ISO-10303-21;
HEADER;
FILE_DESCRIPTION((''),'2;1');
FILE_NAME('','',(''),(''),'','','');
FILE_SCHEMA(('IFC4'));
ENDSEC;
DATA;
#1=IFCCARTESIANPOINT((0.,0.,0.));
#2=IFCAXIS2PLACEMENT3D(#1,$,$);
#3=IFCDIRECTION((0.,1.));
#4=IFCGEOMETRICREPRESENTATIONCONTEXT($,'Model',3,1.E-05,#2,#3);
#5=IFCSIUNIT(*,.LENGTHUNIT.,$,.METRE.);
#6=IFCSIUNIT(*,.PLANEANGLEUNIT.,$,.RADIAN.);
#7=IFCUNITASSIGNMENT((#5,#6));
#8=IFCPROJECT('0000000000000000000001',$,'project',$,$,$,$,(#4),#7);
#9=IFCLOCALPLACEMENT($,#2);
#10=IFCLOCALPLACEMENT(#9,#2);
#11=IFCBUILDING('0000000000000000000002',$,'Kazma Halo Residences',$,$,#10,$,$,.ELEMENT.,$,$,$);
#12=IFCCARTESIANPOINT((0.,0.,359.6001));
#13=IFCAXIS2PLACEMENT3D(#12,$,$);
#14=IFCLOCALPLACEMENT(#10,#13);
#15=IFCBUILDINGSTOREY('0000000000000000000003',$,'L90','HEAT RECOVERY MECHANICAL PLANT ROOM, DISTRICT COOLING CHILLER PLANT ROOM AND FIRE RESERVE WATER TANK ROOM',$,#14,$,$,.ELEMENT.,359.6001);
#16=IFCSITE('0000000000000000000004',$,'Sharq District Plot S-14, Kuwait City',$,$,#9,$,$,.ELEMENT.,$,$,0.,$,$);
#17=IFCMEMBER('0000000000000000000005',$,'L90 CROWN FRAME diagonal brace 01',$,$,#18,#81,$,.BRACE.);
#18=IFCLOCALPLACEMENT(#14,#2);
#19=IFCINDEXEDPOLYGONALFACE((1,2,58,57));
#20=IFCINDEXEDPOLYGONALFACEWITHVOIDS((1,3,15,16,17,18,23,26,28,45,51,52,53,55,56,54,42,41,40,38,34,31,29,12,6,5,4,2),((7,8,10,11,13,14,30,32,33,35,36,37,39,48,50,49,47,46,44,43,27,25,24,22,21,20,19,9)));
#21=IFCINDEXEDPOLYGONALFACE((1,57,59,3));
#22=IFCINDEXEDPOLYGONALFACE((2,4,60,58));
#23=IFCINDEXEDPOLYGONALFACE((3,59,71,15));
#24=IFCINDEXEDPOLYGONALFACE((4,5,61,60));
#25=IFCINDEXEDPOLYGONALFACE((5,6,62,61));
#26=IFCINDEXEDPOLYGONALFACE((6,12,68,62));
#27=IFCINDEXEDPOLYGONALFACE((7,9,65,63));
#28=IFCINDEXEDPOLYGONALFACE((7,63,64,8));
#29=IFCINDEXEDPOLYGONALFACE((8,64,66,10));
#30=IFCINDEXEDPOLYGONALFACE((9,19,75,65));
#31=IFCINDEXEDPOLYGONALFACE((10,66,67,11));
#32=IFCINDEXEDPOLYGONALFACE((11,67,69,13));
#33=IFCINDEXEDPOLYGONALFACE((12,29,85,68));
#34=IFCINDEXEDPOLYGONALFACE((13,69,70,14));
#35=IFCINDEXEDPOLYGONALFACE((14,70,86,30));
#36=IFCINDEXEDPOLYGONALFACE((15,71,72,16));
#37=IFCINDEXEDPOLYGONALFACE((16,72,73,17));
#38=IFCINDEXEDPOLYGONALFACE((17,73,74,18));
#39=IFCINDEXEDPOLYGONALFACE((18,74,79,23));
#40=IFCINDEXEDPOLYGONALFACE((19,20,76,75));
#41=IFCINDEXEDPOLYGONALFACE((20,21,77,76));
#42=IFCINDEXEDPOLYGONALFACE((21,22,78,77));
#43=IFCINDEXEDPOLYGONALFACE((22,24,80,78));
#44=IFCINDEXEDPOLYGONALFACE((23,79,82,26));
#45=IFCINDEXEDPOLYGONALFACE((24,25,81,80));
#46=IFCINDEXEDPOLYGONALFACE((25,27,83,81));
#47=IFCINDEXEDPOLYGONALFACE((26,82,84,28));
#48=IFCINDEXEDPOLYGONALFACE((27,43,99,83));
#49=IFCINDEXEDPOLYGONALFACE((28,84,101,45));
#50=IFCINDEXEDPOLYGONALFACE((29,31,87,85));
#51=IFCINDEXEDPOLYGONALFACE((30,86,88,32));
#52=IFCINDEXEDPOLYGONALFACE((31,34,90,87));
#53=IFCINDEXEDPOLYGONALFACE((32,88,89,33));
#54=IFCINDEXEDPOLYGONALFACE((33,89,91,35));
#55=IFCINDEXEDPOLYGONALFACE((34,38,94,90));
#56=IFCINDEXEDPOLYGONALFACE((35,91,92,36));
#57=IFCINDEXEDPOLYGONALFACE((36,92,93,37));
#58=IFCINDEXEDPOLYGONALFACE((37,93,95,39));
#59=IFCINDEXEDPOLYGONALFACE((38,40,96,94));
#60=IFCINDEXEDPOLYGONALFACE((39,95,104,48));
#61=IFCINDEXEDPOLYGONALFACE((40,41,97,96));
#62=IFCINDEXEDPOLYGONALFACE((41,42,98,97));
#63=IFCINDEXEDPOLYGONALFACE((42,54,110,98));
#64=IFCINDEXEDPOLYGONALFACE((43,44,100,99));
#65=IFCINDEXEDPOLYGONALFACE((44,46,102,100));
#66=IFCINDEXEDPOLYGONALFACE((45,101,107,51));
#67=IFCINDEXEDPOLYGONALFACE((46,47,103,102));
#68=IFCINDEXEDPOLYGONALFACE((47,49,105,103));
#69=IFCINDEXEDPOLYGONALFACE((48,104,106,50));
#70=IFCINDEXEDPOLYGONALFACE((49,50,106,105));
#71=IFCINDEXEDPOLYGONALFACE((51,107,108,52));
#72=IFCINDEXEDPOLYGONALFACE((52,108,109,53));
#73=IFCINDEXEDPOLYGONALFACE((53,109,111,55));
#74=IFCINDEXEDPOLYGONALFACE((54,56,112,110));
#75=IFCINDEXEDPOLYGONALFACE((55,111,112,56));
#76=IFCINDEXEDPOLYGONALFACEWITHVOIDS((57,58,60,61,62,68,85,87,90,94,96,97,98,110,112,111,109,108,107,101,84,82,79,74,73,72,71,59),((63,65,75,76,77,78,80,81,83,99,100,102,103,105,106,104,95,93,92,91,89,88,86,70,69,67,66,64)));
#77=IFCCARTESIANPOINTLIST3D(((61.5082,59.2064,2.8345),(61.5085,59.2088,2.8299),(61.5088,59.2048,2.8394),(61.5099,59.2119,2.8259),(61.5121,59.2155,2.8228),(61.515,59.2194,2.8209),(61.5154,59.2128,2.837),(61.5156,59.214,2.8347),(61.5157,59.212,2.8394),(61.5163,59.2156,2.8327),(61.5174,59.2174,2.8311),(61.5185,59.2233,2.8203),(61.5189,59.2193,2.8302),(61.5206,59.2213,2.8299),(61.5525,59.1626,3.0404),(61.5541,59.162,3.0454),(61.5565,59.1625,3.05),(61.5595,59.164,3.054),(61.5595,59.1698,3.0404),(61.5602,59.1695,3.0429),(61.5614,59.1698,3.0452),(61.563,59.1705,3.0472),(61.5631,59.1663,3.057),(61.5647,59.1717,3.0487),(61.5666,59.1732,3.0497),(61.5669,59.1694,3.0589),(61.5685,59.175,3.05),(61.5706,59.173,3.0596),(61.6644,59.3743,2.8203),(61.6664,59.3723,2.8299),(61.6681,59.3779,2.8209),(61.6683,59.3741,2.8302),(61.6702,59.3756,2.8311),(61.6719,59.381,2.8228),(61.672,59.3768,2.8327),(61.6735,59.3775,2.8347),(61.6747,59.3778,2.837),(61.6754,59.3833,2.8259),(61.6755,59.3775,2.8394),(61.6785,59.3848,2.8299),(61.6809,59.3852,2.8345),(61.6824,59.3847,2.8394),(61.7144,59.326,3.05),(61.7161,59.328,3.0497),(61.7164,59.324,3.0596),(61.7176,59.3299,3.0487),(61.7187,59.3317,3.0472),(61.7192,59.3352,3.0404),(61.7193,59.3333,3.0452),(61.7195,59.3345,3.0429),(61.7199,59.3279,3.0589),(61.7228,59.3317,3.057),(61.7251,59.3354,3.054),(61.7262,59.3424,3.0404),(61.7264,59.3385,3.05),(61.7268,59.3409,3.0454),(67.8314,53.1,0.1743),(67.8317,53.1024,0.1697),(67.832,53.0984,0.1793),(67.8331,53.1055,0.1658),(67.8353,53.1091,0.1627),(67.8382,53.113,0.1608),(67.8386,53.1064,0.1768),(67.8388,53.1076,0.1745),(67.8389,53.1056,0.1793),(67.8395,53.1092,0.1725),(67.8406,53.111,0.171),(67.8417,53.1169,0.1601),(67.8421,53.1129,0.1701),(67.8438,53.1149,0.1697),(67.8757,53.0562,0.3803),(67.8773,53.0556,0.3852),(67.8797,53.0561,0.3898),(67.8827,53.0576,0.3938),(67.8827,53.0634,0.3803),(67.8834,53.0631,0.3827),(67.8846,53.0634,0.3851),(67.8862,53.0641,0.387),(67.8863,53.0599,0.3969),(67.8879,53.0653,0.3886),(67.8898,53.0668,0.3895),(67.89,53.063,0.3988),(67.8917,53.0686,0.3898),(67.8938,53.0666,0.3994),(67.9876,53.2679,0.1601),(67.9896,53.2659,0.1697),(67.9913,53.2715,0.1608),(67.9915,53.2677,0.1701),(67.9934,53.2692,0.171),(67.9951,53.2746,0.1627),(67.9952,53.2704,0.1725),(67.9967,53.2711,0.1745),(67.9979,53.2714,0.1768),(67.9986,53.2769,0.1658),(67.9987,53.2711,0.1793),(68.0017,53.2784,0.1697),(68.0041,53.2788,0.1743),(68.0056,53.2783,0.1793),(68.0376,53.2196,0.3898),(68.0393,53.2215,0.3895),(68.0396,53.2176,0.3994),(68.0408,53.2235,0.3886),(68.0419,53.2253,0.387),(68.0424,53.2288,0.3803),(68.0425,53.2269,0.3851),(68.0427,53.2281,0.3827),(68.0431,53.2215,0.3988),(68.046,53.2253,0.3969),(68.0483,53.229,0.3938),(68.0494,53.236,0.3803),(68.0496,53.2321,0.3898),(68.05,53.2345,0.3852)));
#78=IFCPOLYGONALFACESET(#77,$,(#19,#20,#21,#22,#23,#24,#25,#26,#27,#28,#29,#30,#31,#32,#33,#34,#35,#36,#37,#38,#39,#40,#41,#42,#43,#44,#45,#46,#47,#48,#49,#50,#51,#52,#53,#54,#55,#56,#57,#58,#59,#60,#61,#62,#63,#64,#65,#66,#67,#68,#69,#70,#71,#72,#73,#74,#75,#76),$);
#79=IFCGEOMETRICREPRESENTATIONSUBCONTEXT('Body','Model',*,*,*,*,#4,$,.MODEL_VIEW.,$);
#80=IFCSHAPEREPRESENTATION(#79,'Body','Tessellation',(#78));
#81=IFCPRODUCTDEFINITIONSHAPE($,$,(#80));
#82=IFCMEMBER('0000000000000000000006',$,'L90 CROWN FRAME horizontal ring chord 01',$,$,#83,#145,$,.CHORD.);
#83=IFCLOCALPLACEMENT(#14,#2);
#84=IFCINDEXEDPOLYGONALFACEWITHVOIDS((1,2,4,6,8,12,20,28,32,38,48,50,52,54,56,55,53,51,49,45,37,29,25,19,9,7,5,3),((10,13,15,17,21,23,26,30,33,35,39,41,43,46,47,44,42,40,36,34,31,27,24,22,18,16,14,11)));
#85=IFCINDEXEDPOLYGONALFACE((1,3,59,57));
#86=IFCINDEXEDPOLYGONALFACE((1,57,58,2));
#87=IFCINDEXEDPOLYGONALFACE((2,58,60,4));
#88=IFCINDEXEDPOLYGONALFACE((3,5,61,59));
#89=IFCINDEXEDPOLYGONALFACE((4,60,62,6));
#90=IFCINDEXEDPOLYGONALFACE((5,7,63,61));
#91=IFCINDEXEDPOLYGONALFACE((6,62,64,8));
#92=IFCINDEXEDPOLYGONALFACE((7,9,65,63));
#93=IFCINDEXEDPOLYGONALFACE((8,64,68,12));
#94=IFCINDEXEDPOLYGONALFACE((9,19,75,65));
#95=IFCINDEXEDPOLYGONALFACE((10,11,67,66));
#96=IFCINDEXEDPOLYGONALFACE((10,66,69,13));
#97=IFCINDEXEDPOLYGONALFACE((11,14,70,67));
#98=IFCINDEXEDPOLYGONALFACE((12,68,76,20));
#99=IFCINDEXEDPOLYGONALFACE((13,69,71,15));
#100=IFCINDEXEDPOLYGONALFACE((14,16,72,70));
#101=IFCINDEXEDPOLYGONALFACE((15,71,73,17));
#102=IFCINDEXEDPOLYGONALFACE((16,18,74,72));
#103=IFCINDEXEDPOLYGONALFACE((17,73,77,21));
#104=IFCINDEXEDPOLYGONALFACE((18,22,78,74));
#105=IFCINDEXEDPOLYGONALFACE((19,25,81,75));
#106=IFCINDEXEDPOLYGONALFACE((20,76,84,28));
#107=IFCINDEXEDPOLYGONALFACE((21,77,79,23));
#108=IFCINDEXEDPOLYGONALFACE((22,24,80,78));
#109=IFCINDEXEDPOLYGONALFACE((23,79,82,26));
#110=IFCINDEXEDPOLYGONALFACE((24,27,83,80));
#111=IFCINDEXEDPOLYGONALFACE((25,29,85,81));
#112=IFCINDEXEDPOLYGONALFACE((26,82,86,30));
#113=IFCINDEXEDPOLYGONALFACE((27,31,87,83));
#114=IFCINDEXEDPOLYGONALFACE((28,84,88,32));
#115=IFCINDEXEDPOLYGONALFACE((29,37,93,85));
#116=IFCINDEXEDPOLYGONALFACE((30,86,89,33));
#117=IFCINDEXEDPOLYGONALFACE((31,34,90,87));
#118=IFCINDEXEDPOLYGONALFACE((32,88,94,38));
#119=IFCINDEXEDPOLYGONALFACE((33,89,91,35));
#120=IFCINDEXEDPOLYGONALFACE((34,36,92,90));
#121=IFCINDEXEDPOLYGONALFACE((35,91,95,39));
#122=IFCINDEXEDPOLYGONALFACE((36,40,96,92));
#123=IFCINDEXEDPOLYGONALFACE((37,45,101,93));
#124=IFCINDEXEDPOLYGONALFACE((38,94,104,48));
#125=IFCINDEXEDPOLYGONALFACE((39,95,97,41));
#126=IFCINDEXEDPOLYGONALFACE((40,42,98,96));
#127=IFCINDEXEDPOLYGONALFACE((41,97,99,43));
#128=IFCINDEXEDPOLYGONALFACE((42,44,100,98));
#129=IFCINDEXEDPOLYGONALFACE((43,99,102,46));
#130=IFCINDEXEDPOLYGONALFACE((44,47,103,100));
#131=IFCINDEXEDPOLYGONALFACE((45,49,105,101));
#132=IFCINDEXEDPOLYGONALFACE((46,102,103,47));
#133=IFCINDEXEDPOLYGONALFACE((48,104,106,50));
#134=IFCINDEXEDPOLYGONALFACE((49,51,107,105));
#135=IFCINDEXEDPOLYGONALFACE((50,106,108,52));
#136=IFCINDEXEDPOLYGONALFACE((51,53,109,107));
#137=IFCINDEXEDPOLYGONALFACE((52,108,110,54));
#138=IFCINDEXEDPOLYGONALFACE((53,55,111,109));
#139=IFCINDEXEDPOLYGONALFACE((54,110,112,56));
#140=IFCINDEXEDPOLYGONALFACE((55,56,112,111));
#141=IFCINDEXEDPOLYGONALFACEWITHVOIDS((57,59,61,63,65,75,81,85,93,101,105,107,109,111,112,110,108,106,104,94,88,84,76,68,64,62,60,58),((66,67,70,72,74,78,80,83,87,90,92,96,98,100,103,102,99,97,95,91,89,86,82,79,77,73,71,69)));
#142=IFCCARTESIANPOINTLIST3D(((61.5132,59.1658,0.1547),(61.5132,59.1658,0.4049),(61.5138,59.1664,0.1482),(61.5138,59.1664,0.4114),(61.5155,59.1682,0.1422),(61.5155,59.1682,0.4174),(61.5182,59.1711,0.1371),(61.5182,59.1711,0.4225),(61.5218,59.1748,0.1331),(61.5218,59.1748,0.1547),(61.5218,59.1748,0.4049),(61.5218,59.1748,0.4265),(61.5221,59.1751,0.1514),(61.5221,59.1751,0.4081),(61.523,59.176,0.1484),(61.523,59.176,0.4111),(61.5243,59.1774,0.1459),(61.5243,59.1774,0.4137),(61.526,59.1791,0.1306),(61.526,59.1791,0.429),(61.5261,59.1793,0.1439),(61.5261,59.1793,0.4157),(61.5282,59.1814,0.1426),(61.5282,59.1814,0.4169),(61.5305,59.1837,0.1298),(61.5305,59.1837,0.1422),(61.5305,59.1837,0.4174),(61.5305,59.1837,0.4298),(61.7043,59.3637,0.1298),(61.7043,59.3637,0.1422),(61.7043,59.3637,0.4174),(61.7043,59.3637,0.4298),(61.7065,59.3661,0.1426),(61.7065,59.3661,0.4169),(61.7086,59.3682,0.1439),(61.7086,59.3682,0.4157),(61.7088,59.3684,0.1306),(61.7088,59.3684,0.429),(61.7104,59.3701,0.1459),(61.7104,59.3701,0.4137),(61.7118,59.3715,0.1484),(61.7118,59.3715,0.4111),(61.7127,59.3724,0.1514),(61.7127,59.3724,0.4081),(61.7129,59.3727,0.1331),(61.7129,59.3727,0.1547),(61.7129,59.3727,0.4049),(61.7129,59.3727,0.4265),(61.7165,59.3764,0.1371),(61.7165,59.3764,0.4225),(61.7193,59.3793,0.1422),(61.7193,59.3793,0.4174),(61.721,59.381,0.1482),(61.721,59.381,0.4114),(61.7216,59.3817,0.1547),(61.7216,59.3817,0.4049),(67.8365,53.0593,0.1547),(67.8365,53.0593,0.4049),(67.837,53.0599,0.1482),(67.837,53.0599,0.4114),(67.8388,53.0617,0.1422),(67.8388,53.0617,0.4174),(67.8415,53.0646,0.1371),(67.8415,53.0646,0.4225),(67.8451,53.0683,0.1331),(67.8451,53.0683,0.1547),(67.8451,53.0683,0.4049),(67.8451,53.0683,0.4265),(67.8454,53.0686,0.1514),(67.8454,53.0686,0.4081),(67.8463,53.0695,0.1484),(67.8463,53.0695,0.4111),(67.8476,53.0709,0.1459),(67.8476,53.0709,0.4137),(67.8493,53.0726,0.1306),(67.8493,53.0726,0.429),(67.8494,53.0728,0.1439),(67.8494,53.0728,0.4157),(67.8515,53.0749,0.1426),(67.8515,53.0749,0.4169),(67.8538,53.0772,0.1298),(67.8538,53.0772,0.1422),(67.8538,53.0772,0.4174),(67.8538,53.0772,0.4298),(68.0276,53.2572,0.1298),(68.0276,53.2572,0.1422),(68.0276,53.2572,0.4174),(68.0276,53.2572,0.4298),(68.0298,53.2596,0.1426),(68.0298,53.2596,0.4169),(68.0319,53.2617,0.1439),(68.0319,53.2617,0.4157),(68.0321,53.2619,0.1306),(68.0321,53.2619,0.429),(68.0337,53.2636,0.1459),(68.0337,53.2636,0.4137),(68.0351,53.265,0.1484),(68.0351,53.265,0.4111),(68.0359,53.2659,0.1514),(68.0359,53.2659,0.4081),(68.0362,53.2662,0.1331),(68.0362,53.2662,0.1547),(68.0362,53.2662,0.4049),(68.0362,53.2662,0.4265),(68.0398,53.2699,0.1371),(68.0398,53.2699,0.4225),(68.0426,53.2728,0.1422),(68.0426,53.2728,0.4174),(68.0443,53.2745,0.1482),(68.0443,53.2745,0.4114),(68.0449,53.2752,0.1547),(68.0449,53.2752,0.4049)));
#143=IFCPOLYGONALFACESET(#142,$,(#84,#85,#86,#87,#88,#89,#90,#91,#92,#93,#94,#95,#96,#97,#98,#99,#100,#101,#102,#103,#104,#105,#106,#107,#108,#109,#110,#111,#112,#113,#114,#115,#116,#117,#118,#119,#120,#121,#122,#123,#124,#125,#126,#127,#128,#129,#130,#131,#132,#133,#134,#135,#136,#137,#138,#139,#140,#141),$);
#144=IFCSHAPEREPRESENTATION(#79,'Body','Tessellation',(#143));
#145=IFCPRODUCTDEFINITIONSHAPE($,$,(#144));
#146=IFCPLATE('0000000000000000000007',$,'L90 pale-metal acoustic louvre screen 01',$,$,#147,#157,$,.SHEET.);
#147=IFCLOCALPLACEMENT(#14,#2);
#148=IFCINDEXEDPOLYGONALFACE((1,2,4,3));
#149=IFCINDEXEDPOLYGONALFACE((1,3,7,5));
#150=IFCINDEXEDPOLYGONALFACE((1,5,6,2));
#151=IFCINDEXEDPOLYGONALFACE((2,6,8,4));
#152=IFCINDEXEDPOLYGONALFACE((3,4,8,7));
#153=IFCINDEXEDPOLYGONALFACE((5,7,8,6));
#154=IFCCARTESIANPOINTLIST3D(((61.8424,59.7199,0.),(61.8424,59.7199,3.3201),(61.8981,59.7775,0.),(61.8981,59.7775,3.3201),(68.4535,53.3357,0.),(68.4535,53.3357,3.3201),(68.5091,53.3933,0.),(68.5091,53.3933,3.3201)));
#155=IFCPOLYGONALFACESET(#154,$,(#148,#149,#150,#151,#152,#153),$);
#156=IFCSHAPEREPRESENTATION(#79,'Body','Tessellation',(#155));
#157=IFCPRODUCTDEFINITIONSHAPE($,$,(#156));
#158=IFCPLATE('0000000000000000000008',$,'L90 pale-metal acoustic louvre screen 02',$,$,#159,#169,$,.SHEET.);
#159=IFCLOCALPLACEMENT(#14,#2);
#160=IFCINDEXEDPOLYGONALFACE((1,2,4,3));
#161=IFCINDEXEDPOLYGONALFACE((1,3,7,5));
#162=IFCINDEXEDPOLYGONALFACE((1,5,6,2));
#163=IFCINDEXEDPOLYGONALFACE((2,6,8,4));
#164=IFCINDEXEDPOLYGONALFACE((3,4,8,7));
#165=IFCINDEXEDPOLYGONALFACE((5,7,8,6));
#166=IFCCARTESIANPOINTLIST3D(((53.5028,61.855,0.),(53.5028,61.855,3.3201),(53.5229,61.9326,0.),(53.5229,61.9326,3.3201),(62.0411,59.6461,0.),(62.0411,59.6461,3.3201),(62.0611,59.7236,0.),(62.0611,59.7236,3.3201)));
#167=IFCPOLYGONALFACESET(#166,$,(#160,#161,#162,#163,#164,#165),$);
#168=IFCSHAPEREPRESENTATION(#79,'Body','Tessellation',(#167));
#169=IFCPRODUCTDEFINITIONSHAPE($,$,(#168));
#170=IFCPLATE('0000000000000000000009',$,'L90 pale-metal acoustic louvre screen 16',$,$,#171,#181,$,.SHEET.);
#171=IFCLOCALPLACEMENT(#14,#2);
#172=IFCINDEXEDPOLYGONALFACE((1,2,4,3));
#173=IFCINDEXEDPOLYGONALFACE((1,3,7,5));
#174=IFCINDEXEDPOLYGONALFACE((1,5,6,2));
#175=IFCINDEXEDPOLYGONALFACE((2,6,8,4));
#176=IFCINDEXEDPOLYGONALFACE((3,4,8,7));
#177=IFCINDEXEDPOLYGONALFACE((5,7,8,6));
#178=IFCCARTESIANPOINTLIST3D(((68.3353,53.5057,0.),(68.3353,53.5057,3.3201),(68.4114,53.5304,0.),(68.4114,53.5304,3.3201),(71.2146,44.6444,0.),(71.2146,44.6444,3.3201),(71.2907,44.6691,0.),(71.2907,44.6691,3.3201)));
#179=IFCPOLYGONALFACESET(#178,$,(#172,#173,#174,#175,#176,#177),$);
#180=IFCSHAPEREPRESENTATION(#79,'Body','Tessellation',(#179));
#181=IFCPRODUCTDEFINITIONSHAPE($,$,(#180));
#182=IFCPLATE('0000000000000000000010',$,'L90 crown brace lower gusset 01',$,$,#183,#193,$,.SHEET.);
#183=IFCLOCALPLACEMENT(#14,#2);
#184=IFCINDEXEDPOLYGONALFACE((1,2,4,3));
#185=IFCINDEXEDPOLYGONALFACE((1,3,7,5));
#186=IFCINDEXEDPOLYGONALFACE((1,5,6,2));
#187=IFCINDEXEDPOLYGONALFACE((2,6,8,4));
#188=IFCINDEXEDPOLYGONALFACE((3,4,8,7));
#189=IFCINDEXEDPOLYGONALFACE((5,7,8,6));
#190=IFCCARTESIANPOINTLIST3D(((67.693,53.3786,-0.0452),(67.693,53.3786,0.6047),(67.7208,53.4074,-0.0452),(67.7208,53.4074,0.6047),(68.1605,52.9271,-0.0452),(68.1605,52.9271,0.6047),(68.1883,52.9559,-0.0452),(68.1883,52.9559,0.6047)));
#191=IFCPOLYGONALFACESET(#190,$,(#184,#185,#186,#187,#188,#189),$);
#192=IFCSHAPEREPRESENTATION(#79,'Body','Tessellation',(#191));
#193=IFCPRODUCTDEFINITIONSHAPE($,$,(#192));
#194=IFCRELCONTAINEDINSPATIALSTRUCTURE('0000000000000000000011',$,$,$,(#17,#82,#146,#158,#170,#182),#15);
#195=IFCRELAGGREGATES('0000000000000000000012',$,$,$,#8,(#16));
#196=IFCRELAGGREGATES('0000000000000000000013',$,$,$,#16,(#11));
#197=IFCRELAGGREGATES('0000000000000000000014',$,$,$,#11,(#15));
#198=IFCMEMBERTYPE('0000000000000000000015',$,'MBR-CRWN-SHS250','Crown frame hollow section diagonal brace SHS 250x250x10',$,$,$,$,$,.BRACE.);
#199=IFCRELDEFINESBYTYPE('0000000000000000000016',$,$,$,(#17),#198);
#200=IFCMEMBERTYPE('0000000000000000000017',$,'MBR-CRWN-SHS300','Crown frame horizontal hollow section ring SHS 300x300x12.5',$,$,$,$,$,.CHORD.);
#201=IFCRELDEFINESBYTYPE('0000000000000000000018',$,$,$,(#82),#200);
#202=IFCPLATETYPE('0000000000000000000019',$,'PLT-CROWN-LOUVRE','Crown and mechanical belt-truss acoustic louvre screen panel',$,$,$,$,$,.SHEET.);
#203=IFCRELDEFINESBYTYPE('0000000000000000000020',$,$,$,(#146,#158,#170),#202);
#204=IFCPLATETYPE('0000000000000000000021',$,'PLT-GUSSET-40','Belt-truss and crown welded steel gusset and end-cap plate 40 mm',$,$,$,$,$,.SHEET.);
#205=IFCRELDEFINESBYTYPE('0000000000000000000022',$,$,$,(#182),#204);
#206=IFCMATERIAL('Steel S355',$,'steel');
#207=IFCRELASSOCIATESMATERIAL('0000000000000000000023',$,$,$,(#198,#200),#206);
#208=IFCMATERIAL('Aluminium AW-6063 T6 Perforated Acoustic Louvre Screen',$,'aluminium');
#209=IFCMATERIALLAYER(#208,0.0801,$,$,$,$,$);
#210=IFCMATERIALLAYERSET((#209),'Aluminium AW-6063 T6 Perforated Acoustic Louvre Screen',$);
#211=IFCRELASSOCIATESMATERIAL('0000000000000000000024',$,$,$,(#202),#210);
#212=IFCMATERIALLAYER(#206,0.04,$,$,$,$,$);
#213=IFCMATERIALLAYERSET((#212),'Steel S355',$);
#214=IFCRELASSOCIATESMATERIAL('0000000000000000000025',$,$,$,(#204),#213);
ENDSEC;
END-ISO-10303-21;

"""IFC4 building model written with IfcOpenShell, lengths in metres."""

from ifc_helpers import new_model, si_unit, direction, frame, origin, origin_2d, place, context, subcontext, project, spatial, rectangle, hollow_rectangle, extrude, material, layer, layer_set, material_profile, profile_set, type_object, element, save


model = new_model("IFC4")

# Units and contexts
model_context = context("Model", 3, precision=1e-05, world=origin(), true_north=direction((0.0, 1.0)))
body_context = subcontext(model_context, "Body", "Model", "MODEL_VIEW")
ifc_project = project(units=[si_unit("LENGTHUNIT", "METRE"), si_unit("PLANEANGLEUNIT", "RADIAN")], contexts=[model_context])

# Site, building, storey
site_placement = place(None, origin())
site = spatial("IfcSite", under=ifc_project, at=site_placement, Name="Sharq District Plot S-14, Kuwait City", CompositionType="ELEMENT", RefElevation=0.0)
building_placement = place(site_placement, origin())
building = spatial("IfcBuilding", under=site, at=building_placement, Name="Kazma Halo Residences", CompositionType="ELEMENT")
storey_placement = place(building_placement, frame((0.0, 0.0, 359.6001)))
storey = spatial("IfcBuildingStorey", under=building, at=storey_placement, Name="L90", Description="HEAT RECOVERY MECHANICAL PLANT ROOM, DISTRICT COOLING CHILLER PLANT ROOM AND FIRE RESERVE WATER TANK ROOM", CompositionType="ELEMENT", Elevation=359.6001)

# Shared definitions
ifc_material_1 = material(Name="Steel S355", Category="steel")

# Members
ifc_material_profile_1 = material_profile(ifc_material_1, hollow_rectangle(XDim=0.25, YDim=0.25, WallThickness=0.01, InnerFilletRadius=0.01, OuterFilletRadius=0.02, at=origin_2d()), Name="SHS250x250x10")
ifc_profile_set_1 = profile_set([ifc_material_profile_1], Name="Steel S355")
member_type_1 = type_object("IfcMemberType", Name="MBR-CRWN-SHS250", Description="Crown frame hollow section diagonal brace SHS 250x250x10", PredefinedType="BRACE", material=ifc_profile_set_1)
member_1_placement = place(storey_placement, frame((67.9407, 53.1672, 0.2798), z_axis=(-0.688496, 0.66489, 0.289647), x_axis=(-0.694668, -0.719331, 0.0)))
element("IfcMember", 1, at=member_1_placement, inside=storey, type_object=member_type_1, Name="L90 CROWN FRAME diagonal brace 01", PredefinedType="BRACE", context=body_context, shape_type="SweptSolid", body=[
    extrude(hollow_rectangle(XDim=0.25, YDim=0.25, WallThickness=0.01, InnerFilletRadius=0.01, OuterFilletRadius=0.02, at=origin_2d()), origin(), (0.0, 0.0, 1.0), 9.1841),
])
ifc_material_profile_2 = material_profile(ifc_material_1, hollow_rectangle(XDim=0.3, YDim=0.3, WallThickness=0.0125, InnerFilletRadius=0.0125, OuterFilletRadius=0.0249, at=origin_2d()), Name="SHS300x300x12.5")
ifc_profile_set_2 = profile_set([ifc_material_profile_2], Name="Steel S355")
member_type_2 = type_object("IfcMemberType", Name="MBR-CRWN-SHS300", Description="Crown frame horizontal hollow section ring SHS 300x300x12.5", PredefinedType="CHORD", material=ifc_profile_set_2)
member_2_placement = place(storey_placement, frame((67.9407, 53.1672, 0.2798), z_axis=(-0.719331, 0.694668, 0.0), x_axis=(-0.694668, -0.719331, 0.0)))
element("IfcMember", 2, at=member_2_placement, inside=storey, type_object=member_type_2, Name="L90 CROWN FRAME horizontal ring chord 01", PredefinedType="CHORD", context=body_context, shape_type="SweptSolid", body=[
    extrude(hollow_rectangle(XDim=0.3, YDim=0.3, WallThickness=0.0125, InnerFilletRadius=0.0125, OuterFilletRadius=0.0249, at=origin_2d()), origin(), (0.0, 0.0, 1.0), 8.7905),
])

# Plates
ifc_material_2 = material(Name="Aluminium AW-6063 T6 Perforated Acoustic Louvre Screen", Category="aluminium")
ifc_layer_1 = layer(ifc_material_2, 0.0801)
ifc_layer_set_1 = layer_set([ifc_layer_1], Name="Aluminium AW-6063 T6 Perforated Acoustic Louvre Screen")
plate_type_1 = type_object("IfcPlateType", Name="PLT-CROWN-LOUVRE", Description="Crown and mechanical belt-truss acoustic louvre screen panel", PredefinedType="SHEET", material=ifc_layer_set_1)
plate_1_placement = place(storey_placement, frame((65.1758, 56.5566, 0.0), z_axis=(0.0, 0.0, 1.0), x_axis=(-0.719342, 0.694656, 0.0)))
element("IfcPlate", 3, at=plate_1_placement, inside=storey, type_object=plate_type_1, Name="L90 pale-metal acoustic louvre screen 01", PredefinedType="SHEET", context=body_context, shape_type="SweptSolid", body=[
    extrude(rectangle(XDim=9.1904, YDim=0.0801, at=origin_2d()), origin(), (0.0, 0.0, 1.0), 3.3201),
])
plate_2_placement = place(storey_placement, frame((57.782, 60.7893, 0.0), z_axis=(0.0, 0.0, 1.0), x_axis=(-0.968124, 0.25047, 0.0)))
element("IfcPlate", 4, at=plate_2_placement, inside=storey, type_object=plate_type_1, Name="L90 pale-metal acoustic louvre screen 02", PredefinedType="SHEET", context=body_context, shape_type="SweptSolid", body=[
    extrude(rectangle(XDim=8.8193, YDim=0.0801, at=origin_2d()), origin(), (0.0, 0.0, 1.0), 3.3201),
])
plate_3_placement = place(storey_placement, frame((69.813, 49.0874, 0.0), z_axis=(0.0, 0.0, 1.0), x_axis=(-0.309023, 0.951055, 0.0)))
element("IfcPlate", 5, at=plate_3_placement, inside=storey, type_object=plate_type_1, Name="L90 pale-metal acoustic louvre screen 16", PredefinedType="SHEET", context=body_context, shape_type="SweptSolid", body=[
    extrude(rectangle(XDim=9.3174, YDim=0.0801, at=origin_2d()), origin(), (0.0, 0.0, 1.0), 3.3201),
])
ifc_layer_2 = layer(ifc_material_1, 0.04)
ifc_layer_set_2 = layer_set([ifc_layer_2], Name="Steel S355")
plate_type_2 = type_object("IfcPlateType", Name="PLT-GUSSET-40", Description="Belt-truss and crown welded steel gusset and end-cap plate 40 mm", PredefinedType="SHEET", material=ifc_layer_set_2)
for number, where, z_axis, x_axis, name in (
    (6, (67.9407, 53.1672, -0.0452), (0.0, 0.0, 1.0), (-0.719342, 0.694656, 0.0), "L90 crown brace lower gusset 01"),
):
    element("IfcPlate", number, at=place(storey_placement, frame(where, z_axis=z_axis, x_axis=x_axis)), inside=storey, type_object=plate_type_2, Name=name, PredefinedType="SHEET", context=body_context, shape_type="SweptSolid", body=[
        extrude(rectangle(XDim=0.6499, YDim=0.04, at=origin_2d()), origin(), (0.0, 0.0, 1.0), 0.6499),
    ])

save(model, "model.ifc")
